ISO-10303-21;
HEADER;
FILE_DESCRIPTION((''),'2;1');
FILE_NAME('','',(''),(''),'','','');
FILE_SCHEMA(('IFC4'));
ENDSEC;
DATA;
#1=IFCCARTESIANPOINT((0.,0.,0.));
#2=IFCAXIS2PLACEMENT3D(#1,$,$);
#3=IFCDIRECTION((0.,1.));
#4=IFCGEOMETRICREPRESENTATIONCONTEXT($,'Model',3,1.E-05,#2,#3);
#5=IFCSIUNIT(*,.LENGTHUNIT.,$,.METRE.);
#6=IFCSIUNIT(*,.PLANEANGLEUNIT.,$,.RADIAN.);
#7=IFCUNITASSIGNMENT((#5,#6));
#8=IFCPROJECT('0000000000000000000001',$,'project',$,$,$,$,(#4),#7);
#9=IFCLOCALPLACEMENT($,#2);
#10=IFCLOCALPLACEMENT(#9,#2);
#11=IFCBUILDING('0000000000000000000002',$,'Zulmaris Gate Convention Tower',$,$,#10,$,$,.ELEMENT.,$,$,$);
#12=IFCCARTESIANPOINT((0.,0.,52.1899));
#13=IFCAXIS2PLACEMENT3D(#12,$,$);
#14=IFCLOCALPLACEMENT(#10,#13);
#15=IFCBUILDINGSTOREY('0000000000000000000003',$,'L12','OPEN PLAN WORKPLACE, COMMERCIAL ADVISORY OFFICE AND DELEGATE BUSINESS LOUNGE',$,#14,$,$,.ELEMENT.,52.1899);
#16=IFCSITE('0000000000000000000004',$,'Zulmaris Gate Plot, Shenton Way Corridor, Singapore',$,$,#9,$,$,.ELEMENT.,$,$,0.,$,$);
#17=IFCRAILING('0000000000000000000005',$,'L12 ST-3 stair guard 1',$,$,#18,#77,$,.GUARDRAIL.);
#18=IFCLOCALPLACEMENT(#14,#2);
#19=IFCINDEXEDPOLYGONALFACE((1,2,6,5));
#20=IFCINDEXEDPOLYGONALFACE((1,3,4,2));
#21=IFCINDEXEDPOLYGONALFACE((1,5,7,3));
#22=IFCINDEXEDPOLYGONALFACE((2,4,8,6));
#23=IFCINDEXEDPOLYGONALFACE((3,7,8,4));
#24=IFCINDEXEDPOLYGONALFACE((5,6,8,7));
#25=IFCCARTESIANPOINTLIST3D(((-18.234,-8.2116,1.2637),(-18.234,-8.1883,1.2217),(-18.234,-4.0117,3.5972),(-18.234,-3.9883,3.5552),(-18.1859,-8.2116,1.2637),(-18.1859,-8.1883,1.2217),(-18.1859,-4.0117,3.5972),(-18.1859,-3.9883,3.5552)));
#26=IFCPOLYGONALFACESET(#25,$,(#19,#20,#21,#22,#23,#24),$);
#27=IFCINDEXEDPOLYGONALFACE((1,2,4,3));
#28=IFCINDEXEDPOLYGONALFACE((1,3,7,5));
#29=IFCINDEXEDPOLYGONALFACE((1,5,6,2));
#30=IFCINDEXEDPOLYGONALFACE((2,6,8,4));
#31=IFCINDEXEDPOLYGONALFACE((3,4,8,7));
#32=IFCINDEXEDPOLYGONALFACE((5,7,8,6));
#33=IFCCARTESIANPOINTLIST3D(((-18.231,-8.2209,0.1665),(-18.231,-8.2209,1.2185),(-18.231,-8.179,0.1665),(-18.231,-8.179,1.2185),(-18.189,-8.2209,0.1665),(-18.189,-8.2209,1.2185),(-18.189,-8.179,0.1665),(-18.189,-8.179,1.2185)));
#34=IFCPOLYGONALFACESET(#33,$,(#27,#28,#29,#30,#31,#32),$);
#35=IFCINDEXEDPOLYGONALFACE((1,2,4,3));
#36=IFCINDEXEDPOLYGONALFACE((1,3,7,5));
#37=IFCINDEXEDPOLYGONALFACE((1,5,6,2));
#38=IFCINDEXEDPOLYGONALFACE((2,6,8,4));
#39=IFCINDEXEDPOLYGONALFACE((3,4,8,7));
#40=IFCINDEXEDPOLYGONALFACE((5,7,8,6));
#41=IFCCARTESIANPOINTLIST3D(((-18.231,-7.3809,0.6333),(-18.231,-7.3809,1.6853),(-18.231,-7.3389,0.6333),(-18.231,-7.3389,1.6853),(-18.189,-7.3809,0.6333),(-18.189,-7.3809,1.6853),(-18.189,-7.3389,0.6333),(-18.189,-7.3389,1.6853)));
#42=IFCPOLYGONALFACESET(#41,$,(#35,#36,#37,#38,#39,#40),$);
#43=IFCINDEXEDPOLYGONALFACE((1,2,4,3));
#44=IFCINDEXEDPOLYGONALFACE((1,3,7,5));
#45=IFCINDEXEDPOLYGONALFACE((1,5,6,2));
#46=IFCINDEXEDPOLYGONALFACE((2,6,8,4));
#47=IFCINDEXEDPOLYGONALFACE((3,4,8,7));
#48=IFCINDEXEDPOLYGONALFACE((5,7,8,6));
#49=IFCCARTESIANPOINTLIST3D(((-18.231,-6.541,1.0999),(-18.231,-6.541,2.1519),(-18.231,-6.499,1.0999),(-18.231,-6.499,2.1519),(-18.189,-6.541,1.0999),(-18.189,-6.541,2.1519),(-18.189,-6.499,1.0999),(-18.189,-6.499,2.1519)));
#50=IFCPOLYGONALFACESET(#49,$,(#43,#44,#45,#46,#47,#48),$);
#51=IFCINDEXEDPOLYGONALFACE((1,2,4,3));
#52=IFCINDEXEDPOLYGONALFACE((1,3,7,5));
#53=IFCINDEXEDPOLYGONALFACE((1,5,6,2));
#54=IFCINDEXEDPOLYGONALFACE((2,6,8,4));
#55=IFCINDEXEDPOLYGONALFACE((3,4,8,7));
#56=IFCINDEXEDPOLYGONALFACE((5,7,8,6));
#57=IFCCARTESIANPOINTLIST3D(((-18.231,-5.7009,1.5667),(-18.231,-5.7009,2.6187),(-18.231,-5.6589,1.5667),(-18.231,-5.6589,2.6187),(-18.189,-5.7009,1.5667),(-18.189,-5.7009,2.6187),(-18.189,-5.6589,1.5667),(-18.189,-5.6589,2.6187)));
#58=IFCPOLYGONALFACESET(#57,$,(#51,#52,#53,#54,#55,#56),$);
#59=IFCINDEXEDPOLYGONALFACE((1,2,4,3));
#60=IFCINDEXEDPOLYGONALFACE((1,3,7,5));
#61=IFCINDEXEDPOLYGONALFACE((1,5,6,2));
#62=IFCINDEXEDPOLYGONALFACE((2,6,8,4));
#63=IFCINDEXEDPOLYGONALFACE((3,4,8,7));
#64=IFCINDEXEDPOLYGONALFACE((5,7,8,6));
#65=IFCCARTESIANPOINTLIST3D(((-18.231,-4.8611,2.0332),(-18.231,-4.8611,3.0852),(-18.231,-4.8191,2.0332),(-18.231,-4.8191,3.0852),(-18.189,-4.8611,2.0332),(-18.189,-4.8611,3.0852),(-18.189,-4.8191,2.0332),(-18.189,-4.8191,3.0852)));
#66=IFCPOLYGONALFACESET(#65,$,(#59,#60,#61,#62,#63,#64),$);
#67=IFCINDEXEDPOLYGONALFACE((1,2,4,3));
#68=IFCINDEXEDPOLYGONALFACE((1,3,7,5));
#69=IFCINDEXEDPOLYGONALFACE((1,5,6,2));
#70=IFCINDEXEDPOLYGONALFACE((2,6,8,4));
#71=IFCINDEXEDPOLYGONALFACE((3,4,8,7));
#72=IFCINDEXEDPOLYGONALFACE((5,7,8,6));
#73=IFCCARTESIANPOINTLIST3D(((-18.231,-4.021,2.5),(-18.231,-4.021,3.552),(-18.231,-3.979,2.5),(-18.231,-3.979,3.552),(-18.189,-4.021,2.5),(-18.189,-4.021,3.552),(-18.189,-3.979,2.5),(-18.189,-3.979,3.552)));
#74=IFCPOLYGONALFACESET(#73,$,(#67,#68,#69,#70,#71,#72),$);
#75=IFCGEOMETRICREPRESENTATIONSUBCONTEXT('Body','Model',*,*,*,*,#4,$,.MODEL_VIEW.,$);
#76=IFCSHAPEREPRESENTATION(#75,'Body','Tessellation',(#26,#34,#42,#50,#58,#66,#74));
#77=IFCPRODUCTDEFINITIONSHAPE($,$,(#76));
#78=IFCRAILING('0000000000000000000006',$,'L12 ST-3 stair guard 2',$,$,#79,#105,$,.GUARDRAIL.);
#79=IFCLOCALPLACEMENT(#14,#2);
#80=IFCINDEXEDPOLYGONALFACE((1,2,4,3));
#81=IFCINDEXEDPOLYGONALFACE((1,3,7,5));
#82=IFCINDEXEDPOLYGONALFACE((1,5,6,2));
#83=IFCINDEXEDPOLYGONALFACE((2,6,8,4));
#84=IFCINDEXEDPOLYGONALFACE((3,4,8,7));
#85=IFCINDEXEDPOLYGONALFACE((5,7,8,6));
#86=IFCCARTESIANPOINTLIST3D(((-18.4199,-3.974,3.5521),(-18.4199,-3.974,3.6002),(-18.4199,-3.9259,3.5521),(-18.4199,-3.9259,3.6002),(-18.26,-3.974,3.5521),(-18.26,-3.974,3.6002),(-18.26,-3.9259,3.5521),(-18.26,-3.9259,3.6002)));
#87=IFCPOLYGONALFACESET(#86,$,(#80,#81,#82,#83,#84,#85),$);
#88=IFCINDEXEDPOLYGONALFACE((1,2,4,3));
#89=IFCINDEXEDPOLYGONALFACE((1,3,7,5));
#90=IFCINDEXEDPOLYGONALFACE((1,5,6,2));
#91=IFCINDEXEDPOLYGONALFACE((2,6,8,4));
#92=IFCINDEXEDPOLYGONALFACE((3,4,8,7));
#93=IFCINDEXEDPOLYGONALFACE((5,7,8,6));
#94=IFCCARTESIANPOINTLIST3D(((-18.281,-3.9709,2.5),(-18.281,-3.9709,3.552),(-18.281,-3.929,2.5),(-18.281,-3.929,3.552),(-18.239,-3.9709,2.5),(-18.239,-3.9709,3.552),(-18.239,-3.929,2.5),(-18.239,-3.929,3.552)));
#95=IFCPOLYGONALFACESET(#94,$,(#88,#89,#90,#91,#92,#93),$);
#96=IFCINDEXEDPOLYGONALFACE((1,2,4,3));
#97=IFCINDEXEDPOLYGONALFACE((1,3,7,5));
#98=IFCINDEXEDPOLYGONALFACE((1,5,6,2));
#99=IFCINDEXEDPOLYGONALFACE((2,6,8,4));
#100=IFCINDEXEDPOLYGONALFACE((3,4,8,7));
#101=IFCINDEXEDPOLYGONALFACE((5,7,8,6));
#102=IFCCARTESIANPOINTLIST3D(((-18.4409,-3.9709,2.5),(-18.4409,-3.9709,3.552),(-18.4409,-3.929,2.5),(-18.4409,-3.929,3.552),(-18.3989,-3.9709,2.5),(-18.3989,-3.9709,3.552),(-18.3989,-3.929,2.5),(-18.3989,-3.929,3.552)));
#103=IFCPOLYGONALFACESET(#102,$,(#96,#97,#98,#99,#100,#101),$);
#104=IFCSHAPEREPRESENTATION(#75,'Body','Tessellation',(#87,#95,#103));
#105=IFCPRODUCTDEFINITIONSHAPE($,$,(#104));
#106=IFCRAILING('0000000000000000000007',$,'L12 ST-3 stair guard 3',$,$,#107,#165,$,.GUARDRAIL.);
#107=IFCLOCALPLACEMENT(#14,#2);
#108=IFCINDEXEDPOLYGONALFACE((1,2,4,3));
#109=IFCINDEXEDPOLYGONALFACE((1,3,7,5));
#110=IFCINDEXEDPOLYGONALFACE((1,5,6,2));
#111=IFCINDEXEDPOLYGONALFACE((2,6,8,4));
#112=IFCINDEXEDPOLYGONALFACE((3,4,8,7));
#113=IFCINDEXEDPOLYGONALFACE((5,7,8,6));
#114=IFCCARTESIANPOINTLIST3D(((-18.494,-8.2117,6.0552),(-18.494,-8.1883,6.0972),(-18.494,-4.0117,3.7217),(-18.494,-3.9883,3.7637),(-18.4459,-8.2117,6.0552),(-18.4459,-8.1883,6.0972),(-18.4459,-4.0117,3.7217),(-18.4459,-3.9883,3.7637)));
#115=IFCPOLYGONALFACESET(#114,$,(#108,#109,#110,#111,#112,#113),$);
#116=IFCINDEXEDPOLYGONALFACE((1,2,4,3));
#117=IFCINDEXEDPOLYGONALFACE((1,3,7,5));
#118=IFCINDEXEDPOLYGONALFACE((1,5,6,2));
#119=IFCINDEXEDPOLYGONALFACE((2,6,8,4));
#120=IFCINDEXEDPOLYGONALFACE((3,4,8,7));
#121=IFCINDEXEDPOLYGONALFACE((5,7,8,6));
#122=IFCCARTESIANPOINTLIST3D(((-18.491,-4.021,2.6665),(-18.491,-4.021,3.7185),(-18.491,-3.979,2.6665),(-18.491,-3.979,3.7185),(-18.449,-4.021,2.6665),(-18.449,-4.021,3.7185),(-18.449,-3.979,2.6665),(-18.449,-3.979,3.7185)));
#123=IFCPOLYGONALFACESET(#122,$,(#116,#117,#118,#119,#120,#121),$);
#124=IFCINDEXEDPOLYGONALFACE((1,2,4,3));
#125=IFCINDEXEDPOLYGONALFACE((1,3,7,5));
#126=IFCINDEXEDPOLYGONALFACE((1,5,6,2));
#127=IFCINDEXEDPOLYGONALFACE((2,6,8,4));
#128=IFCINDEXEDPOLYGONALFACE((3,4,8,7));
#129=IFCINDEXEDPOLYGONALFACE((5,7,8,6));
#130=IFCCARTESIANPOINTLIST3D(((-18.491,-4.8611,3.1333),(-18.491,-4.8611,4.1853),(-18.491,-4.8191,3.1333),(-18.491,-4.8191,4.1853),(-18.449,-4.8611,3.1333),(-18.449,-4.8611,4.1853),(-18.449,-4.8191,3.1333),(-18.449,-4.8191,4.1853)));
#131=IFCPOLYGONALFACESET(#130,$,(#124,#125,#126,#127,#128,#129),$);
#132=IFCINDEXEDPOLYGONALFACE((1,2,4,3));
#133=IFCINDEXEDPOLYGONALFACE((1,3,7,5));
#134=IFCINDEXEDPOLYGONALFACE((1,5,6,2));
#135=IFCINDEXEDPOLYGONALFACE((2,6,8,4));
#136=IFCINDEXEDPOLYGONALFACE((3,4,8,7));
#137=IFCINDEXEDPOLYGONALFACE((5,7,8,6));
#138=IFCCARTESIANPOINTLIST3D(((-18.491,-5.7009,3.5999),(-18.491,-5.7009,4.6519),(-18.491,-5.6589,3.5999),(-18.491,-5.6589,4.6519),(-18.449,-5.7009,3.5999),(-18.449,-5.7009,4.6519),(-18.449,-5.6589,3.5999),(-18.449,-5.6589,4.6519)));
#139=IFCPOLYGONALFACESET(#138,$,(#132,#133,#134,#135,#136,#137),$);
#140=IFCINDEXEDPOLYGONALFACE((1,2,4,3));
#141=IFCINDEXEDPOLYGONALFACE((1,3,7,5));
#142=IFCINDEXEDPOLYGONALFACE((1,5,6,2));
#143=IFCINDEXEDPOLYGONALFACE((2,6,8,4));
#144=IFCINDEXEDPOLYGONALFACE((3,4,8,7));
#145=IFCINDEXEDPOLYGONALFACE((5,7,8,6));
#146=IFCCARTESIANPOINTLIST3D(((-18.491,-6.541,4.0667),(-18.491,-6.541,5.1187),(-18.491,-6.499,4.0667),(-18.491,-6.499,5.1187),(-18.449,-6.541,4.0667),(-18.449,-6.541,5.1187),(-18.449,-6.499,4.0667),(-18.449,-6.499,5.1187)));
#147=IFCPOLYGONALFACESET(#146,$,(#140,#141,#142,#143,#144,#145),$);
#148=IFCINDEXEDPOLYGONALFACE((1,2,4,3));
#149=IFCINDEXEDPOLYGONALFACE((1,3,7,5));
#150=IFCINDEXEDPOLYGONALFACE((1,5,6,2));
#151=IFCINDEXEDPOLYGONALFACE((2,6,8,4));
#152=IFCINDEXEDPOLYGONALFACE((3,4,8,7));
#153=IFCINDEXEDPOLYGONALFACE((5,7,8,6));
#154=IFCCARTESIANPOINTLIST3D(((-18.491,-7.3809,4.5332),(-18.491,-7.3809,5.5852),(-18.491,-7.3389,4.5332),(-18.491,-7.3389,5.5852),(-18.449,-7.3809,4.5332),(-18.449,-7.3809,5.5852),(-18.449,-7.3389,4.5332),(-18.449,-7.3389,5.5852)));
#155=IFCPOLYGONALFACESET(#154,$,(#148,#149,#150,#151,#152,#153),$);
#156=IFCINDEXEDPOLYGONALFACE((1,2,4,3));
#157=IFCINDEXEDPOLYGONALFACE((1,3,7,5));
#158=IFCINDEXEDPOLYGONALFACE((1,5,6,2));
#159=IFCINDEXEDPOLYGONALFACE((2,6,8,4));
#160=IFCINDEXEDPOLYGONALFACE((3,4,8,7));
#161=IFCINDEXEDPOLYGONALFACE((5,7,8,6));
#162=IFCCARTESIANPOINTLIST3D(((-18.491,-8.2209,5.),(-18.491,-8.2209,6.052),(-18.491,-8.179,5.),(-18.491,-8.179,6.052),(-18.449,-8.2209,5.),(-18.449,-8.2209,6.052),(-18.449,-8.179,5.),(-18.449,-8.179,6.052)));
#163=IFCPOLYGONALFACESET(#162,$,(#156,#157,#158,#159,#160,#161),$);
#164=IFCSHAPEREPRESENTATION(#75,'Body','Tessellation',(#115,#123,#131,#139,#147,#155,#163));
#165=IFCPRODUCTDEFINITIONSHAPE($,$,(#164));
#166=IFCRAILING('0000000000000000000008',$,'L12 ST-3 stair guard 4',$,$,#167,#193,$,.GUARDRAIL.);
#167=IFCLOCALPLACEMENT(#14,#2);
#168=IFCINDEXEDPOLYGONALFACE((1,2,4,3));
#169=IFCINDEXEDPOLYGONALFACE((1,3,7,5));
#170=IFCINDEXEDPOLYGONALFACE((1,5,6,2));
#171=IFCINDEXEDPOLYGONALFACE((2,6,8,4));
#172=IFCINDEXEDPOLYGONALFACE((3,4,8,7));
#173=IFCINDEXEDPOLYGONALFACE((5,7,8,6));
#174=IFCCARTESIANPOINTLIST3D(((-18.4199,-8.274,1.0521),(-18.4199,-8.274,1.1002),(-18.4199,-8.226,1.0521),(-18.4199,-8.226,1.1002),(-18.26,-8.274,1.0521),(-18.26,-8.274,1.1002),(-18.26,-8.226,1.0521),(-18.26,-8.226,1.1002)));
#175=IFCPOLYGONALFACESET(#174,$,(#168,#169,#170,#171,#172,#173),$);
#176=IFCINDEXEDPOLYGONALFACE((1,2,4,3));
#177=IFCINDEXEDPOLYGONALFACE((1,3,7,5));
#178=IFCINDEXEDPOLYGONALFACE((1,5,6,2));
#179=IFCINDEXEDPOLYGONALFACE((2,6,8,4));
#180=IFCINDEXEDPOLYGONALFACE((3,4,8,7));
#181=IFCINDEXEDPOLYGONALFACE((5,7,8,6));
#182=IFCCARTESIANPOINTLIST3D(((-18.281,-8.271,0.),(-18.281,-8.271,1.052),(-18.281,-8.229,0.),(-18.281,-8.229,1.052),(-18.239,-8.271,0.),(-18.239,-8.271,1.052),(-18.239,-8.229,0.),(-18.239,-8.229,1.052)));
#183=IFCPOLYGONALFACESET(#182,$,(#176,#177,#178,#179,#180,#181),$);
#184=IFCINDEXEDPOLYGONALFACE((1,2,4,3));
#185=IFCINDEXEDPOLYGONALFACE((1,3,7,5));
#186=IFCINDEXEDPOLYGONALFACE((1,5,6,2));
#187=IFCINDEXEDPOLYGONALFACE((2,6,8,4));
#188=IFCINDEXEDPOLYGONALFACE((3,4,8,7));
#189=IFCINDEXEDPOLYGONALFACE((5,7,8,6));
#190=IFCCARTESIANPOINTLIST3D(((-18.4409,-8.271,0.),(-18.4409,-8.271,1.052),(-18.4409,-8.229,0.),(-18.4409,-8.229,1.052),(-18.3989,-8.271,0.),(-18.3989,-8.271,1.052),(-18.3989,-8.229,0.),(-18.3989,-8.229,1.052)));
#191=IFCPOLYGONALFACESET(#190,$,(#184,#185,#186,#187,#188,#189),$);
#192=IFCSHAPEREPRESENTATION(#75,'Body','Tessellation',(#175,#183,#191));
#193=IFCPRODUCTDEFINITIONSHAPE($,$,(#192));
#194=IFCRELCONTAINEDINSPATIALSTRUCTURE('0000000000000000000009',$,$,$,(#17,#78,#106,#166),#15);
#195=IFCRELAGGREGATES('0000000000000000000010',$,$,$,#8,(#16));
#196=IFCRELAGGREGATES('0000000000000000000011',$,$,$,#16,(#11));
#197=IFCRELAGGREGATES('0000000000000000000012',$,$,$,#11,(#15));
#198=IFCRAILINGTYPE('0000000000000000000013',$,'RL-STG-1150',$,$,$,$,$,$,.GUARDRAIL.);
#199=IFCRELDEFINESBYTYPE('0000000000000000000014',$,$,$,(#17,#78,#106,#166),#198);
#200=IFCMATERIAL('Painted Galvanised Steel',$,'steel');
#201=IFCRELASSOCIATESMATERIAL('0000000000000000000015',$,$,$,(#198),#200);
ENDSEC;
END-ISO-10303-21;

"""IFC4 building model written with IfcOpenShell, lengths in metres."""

from ifc_helpers import new_model, si_unit, direction, frame, origin, origin_2d, place, context, subcontext, project, spatial, rectangle, extrude, material, type_object, element, save


model = new_model("IFC4")

# Units and contexts
model_context = context("Model", 3, precision=1e-05, world=origin(), true_north=direction((0.0, 1.0)))
body_context = subcontext(model_context, "Body", "Model", "MODEL_VIEW")
ifc_project = project(units=[si_unit("LENGTHUNIT", "METRE"), si_unit("PLANEANGLEUNIT", "RADIAN")], contexts=[model_context])

# Site, building, storey
site_placement = place(None, origin())
site = spatial("IfcSite", under=ifc_project, at=site_placement, Name="Zulmaris Gate Plot, Shenton Way Corridor, Singapore", CompositionType="ELEMENT", RefElevation=0.0)
building_placement = place(site_placement, origin())
building = spatial("IfcBuilding", under=site, at=building_placement, Name="Zulmaris Gate Convention Tower", CompositionType="ELEMENT")
storey_placement = place(building_placement, frame((0.0, 0.0, 52.1899)))
storey = spatial("IfcBuildingStorey", under=building, at=storey_placement, Name="L12", Description="OPEN PLAN WORKPLACE, COMMERCIAL ADVISORY OFFICE AND DELEGATE BUSINESS LOUNGE", CompositionType="ELEMENT", Elevation=52.1899)

# Railings
ifc_material_1 = material(Name="Painted Galvanised Steel", Category="steel")
railing_type_1 = type_object("IfcRailingType", Name="RL-STG-1150", PredefinedType="GUARDRAIL", material=ifc_material_1)
railing_1_placement = place(storey_placement, frame((-18.21, -8.2, 0.1665)))
element("IfcRailing", 1, at=railing_1_placement, inside=storey, type_object=railing_type_1, Name="L12 ST-3 stair guard 1", PredefinedType="GUARDRAIL", context=body_context, shape_type="SweptSolid", body=[
    extrude(rectangle(XDim=0.0481, YDim=0.0481, at=origin_2d()), frame((0.0, 0.0, 1.0762), z_axis=(0.0, 0.87414, 0.485673), x_axis=(-1.0, 0.0, 0.0)), (0.0, 0.0, 1.0), 4.8047),
    extrude(rectangle(XDim=0.042, YDim=0.042, at=origin_2d()), origin(), (0.0, 0.0, 1.0), 1.052),
    extrude(rectangle(XDim=0.042, YDim=0.042, at=origin_2d()), frame((0.0, 0.8401, 0.4668)), (0.0, 0.0, 1.0), 1.052),
    extrude(rectangle(XDim=0.042, YDim=0.042, at=origin_2d()), frame((0.0, 1.6799, 0.9333)), (0.0, 0.0, 1.0), 1.052),
    extrude(rectangle(XDim=0.042, YDim=0.042, at=origin_2d()), frame((0.0, 2.52, 1.4001)), (0.0, 0.0, 1.0), 1.052),
    extrude(rectangle(XDim=0.042, YDim=0.042, at=origin_2d()), frame((0.0, 3.3599, 1.8667)), (0.0, 0.0, 1.0), 1.052),
    extrude(rectangle(XDim=0.042, YDim=0.042, at=origin_2d()), frame((0.0, 4.2, 2.3335)), (0.0, 0.0, 1.0), 1.052),
])
railing_2_placement = place(storey_placement, frame((-18.26, -3.95, 2.5)))
element("IfcRailing", 2, at=railing_2_placement, inside=storey, type_object=railing_type_1, Name="L12 ST-3 stair guard 2", PredefinedType="GUARDRAIL", context=body_context, shape_type="SweptSolid", body=[
    extrude(rectangle(XDim=0.0481, YDim=0.0481, at=origin_2d()), frame((0.0, 0.0, 1.0762), z_axis=(-1.0, 0.0, 0.0), x_axis=(0.0, -1.0, 0.0)), (0.0, 0.0, 1.0), 0.1599),
    extrude(rectangle(XDim=0.042, YDim=0.042, at=origin_2d()), origin(), (0.0, 0.0, 1.0), 1.052),
    extrude(rectangle(XDim=0.042, YDim=0.042, at=origin_2d()), frame((-0.1599, 0.0, 0.0)), (0.0, 0.0, 1.0), 1.052),
])
railing_3_placement = place(storey_placement, frame((-18.47, -4.0, 2.6665)))
element("IfcRailing", 3, at=railing_3_placement, inside=storey, type_object=railing_type_1, Name="L12 ST-3 stair guard 3", PredefinedType="GUARDRAIL", context=body_context, shape_type="SweptSolid", body=[
    extrude(rectangle(XDim=0.0481, YDim=0.0481, at=origin_2d()), frame((0.0, 0.0, 1.0762), z_axis=(0.0, -0.87414, 0.485673), x_axis=(1.0, 0.0, 0.0)), (0.0, 0.0, 1.0), 4.8047),
    extrude(rectangle(XDim=0.042, YDim=0.042, at=origin_2d()), origin(), (0.0, 0.0, 1.0), 1.052),
    extrude(rectangle(XDim=0.042, YDim=0.042, at=origin_2d()), frame((0.0, -0.8401, 0.4668)), (0.0, 0.0, 1.0), 1.052),
    extrude(rectangle(XDim=0.042, YDim=0.042, at=origin_2d()), frame((0.0, -1.6799, 0.9333)), (0.0, 0.0, 1.0), 1.052),
    extrude(rectangle(XDim=0.042, YDim=0.042, at=origin_2d()), frame((0.0, -2.52, 1.4001)), (0.0, 0.0, 1.0), 1.052),
    extrude(rectangle(XDim=0.042, YDim=0.042, at=origin_2d()), frame((0.0, -3.3599, 1.8667)), (0.0, 0.0, 1.0), 1.052),
    extrude(rectangle(XDim=0.042, YDim=0.042, at=origin_2d()), frame((0.0, -4.2, 2.3335)), (0.0, 0.0, 1.0), 1.052),
])
railing_4_placement = place(storey_placement, frame((-18.26, -8.25, 0.0)))
element("IfcRailing", 4, at=railing_4_placement, inside=storey, type_object=railing_type_1, Name="L12 ST-3 stair guard 4", PredefinedType="GUARDRAIL", context=body_context, shape_type="SweptSolid", body=[
    extrude(rectangle(XDim=0.0481, YDim=0.0481, at=origin_2d()), frame((0.0, 0.0, 1.0762), z_axis=(-1.0, 0.0, 0.0), x_axis=(0.0, -1.0, 0.0)), (0.0, 0.0, 1.0), 0.1599),
    extrude(rectangle(XDim=0.042, YDim=0.042, at=origin_2d()), origin(), (0.0, 0.0, 1.0), 1.052),
    extrude(rectangle(XDim=0.042, YDim=0.042, at=origin_2d()), frame((-0.1599, 0.0, 0.0)), (0.0, 0.0, 1.0), 1.052),
])

save(model, "model.ifc")
